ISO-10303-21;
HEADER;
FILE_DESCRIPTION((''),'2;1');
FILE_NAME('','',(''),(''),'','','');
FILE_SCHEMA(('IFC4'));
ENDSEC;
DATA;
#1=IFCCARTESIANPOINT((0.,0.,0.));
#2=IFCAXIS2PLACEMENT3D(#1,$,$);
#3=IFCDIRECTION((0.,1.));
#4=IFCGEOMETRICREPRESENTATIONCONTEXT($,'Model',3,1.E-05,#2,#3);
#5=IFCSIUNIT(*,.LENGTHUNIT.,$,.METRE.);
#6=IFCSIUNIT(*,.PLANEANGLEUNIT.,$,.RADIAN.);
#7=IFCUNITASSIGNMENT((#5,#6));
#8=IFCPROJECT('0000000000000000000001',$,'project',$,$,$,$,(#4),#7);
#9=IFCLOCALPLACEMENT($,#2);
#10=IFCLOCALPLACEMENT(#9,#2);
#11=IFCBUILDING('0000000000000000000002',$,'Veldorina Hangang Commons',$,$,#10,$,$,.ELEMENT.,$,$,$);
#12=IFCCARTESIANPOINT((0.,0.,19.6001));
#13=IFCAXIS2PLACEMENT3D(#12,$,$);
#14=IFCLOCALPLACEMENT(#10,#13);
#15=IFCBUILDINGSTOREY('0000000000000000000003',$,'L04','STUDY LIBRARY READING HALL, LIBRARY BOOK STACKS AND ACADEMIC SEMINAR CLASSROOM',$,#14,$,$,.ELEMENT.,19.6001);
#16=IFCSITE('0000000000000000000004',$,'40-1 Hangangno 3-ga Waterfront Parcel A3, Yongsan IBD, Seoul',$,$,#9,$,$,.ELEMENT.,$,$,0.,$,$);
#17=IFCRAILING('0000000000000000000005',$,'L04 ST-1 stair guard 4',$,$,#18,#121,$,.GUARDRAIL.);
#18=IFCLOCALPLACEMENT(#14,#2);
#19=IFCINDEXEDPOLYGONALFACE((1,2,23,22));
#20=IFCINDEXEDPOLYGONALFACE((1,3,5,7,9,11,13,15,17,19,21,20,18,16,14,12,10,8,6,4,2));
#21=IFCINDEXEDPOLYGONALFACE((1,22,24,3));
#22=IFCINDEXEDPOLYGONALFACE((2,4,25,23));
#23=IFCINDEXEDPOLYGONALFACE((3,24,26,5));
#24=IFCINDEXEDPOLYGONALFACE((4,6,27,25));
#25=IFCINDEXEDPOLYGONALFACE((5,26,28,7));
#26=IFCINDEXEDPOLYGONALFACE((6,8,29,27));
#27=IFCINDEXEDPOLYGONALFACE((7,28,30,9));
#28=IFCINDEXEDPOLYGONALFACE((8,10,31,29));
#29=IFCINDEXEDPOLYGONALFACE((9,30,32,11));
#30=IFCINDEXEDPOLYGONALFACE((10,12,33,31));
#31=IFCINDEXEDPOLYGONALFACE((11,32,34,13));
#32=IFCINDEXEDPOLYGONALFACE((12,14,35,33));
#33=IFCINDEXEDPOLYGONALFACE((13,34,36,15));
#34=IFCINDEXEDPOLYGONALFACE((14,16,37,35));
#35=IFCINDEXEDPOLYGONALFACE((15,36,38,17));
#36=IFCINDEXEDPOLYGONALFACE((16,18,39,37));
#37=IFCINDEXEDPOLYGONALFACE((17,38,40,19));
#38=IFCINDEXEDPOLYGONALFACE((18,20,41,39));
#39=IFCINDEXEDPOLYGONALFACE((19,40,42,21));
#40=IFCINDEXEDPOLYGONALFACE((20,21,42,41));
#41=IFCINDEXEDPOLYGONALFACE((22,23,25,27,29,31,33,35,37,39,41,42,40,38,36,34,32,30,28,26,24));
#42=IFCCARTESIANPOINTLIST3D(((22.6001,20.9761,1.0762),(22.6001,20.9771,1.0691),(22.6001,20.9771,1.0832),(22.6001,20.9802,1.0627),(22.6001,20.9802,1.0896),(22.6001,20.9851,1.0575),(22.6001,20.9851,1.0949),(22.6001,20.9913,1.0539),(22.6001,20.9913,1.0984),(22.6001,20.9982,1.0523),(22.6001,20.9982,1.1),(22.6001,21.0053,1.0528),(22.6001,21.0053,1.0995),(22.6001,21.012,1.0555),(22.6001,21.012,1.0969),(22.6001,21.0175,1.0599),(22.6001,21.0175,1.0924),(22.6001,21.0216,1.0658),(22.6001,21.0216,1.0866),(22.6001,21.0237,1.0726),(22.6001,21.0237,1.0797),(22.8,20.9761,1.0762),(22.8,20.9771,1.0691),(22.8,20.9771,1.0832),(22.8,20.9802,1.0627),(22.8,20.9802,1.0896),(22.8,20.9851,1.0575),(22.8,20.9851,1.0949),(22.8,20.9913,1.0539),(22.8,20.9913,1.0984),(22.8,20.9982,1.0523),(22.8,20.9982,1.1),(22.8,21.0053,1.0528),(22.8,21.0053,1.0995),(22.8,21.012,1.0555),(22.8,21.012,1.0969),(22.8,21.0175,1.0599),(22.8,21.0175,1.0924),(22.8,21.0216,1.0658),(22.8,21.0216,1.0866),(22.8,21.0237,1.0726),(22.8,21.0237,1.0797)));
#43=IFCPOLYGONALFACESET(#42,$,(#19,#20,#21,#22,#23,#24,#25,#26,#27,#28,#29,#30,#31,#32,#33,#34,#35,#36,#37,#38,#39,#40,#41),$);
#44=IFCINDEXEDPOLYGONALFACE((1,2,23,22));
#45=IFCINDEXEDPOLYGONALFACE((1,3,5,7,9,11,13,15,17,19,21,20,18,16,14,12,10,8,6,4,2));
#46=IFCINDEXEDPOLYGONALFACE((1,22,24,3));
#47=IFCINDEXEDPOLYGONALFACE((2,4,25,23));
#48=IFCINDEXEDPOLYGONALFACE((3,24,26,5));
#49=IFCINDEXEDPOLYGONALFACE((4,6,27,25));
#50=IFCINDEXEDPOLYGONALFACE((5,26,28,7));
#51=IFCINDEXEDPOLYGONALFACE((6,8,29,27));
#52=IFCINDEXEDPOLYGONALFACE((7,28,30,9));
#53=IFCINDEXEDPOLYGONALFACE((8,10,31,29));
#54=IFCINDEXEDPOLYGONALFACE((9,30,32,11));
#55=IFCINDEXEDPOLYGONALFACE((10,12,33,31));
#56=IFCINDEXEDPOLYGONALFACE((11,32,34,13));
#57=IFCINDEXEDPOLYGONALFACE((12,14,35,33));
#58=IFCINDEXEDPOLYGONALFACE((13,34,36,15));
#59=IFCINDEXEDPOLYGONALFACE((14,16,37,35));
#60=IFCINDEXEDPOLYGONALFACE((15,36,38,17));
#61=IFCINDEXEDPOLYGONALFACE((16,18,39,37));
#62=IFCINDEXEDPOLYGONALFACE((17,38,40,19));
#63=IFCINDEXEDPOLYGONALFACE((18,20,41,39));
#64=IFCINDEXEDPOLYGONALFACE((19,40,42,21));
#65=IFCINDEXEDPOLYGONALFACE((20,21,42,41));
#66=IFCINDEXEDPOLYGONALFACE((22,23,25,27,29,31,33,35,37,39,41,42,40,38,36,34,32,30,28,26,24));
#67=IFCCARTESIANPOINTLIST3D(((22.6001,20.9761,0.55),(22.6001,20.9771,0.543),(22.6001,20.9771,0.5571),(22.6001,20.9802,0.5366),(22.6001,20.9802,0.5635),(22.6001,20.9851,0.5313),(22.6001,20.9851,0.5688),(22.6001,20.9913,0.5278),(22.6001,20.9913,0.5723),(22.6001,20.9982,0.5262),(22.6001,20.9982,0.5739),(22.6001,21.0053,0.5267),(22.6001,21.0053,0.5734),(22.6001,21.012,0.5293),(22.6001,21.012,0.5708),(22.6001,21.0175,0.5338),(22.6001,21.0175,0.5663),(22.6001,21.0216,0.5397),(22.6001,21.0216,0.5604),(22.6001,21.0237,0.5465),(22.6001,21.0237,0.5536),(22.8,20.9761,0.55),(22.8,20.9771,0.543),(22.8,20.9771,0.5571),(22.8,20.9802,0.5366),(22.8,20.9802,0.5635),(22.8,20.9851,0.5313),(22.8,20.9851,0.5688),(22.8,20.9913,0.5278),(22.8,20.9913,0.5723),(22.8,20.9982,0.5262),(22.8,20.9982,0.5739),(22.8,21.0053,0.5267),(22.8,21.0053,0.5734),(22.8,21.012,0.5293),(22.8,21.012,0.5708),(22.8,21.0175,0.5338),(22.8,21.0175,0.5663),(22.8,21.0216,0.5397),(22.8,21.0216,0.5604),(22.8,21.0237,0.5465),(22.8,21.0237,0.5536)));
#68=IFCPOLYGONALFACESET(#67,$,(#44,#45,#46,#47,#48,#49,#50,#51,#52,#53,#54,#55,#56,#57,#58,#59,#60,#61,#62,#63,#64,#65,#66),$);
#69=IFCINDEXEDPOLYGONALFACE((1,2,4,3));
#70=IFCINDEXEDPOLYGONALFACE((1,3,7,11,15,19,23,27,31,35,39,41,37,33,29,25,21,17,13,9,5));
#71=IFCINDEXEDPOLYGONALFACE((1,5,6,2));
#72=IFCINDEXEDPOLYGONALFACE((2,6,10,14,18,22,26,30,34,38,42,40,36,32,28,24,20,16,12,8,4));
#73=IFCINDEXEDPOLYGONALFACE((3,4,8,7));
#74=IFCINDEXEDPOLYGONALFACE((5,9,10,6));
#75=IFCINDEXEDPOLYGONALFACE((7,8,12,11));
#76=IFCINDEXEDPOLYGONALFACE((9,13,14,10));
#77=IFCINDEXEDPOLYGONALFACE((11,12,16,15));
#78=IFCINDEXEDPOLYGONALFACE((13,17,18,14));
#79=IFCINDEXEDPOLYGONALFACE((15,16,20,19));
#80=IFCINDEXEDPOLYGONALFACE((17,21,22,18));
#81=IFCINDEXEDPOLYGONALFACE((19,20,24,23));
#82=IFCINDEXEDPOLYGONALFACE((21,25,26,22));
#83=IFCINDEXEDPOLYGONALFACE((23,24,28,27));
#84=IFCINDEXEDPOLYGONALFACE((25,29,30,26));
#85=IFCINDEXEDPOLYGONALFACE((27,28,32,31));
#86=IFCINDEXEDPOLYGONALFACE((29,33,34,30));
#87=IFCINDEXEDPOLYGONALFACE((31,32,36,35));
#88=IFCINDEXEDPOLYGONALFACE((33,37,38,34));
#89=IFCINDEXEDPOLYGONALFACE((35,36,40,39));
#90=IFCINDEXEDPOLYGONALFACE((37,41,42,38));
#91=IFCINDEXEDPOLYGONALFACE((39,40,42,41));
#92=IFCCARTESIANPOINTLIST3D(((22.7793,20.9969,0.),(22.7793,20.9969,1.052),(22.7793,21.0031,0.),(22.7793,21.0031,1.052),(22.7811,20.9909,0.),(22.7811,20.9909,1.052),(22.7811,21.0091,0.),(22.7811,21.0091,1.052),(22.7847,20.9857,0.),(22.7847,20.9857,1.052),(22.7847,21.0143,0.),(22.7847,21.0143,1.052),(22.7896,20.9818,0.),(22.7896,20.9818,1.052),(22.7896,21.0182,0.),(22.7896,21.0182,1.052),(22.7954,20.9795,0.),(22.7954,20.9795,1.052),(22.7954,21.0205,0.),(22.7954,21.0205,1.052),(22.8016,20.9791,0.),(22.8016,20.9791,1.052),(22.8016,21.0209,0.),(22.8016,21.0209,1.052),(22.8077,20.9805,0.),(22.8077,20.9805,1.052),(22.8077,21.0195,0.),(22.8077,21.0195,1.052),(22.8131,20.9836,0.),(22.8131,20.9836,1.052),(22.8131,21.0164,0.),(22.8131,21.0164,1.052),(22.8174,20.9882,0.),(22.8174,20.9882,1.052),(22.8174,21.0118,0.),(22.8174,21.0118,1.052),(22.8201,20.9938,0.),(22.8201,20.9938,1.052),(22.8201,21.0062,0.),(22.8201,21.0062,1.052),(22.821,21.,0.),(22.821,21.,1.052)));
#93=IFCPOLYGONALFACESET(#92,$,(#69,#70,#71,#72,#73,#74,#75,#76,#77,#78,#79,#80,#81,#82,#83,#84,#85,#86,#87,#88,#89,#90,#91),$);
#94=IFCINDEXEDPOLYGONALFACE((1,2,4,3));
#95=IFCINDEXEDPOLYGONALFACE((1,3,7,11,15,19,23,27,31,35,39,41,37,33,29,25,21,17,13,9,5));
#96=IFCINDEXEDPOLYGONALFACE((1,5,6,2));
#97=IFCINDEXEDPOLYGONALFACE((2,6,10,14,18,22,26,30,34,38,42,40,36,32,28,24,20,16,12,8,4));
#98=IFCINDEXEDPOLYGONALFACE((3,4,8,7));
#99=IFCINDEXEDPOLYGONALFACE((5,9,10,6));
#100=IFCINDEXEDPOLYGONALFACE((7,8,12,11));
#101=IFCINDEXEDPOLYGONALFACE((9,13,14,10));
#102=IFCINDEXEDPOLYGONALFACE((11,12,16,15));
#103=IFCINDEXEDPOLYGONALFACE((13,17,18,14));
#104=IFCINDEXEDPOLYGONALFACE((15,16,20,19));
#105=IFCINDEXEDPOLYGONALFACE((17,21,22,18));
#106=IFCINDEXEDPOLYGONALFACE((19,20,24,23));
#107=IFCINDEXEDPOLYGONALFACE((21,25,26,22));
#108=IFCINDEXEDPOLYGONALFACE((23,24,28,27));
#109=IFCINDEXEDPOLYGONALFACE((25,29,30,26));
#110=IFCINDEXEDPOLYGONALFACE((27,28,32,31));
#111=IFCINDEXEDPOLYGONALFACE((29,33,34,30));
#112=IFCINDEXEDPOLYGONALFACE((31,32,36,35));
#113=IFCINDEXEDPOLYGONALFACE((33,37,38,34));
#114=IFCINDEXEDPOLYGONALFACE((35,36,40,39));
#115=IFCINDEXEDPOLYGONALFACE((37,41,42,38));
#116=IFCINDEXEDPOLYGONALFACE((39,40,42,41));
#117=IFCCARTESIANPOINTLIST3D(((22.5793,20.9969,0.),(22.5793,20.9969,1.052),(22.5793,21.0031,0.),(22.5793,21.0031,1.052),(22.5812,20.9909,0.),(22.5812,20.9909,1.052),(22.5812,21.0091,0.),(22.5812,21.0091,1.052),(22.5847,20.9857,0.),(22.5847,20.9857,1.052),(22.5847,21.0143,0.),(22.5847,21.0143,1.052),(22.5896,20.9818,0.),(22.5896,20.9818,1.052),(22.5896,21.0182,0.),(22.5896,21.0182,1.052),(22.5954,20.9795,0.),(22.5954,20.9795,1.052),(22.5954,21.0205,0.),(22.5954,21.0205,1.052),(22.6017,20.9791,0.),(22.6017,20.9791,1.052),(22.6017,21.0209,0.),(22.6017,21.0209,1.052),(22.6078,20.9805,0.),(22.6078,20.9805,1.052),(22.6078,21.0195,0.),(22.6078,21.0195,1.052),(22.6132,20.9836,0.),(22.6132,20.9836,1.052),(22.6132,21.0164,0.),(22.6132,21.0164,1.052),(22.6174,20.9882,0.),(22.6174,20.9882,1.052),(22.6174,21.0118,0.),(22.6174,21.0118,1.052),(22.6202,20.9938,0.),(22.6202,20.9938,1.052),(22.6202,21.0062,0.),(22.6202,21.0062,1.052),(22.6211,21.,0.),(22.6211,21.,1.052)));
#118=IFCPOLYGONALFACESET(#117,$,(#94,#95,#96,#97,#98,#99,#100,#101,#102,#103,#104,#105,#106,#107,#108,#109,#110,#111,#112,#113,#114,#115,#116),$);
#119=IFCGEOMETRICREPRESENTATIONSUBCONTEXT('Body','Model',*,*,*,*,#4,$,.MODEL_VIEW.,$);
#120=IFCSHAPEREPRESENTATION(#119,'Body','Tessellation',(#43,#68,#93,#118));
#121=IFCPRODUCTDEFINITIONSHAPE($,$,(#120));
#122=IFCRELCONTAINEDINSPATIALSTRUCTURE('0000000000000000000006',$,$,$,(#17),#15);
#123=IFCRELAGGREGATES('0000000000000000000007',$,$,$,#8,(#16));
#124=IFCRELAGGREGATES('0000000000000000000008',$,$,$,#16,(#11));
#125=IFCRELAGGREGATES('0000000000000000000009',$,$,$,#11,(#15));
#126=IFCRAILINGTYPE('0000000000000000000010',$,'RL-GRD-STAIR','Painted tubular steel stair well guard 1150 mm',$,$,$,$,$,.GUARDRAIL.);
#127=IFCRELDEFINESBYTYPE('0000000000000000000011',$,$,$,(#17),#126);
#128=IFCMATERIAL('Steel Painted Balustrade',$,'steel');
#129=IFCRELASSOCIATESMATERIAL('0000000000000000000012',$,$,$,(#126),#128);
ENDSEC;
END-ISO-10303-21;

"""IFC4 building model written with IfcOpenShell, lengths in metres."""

from ifc_helpers import new_model, si_unit, direction, frame, origin, origin_2d, place, context, subcontext, project, spatial, circle, extrude, material, type_object, element, save


model = new_model("IFC4")

# Units and contexts
model_context = context("Model", 3, precision=1e-05, world=origin(), true_north=direction((0.0, 1.0)))
body_context = subcontext(model_context, "Body", "Model", "MODEL_VIEW")
ifc_project = project(units=[si_unit("LENGTHUNIT", "METRE"), si_unit("PLANEANGLEUNIT", "RADIAN")], contexts=[model_context])

# Site, building, storey
site_placement = place(None, origin())
site = spatial("IfcSite", under=ifc_project, at=site_placement, Name="40-1 Hangangno 3-ga Waterfront Parcel A3, Yongsan IBD, Seoul", CompositionType="ELEMENT", RefElevation=0.0)
building_placement = place(site_placement, origin())
building = spatial("IfcBuilding", under=site, at=building_placement, Name="Veldorina Hangang Commons", CompositionType="ELEMENT")
storey_placement = place(building_placement, frame((0.0, 0.0, 19.6001)))
storey = spatial("IfcBuildingStorey", under=building, at=storey_placement, Name="L04", Description="STUDY LIBRARY READING HALL, LIBRARY BOOK STACKS AND ACADEMIC SEMINAR CLASSROOM", CompositionType="ELEMENT", Elevation=19.6001)

# Railing
ifc_material_1 = material(Name="Steel Painted Balustrade", Category="steel")
railing_type_1 = type_object("IfcRailingType", Name="RL-GRD-STAIR", Description="Painted tubular steel stair well guard 1150 mm", PredefinedType="GUARDRAIL", material=ifc_material_1)
railing_1_placement = place(storey_placement, frame((22.8, 21.0, 0.0)))
element("IfcRailing", 1, at=railing_1_placement, inside=storey, type_object=railing_type_1, Name="L04 ST-1 stair guard 4", PredefinedType="GUARDRAIL", context=body_context, shape_type="SweptSolid", body=[
    extrude(circle(Radius=0.0239, at=origin_2d()), frame((0.0, 0.0, 1.0762), z_axis=(-1.0, 0.0, 0.0), x_axis=(0.0, -1.0, 0.0)), (0.0, 0.0, 1.0), 0.2),
    extrude(circle(Radius=0.0239, at=origin_2d()), frame((0.0, 0.0, 0.55), z_axis=(-1.0, 0.0, 0.0), x_axis=(0.0, -1.0, 0.0)), (0.0, 0.0, 1.0), 0.2),
    extrude(circle(Radius=0.021, at=origin_2d()), origin(), (0.0, 0.0, 1.0), 1.052),
    extrude(circle(Radius=0.021, at=origin_2d()), frame((-0.2, 0.0, 0.0)), (0.0, 0.0, 1.0), 1.052),
])

save(model, "model.ifc")
